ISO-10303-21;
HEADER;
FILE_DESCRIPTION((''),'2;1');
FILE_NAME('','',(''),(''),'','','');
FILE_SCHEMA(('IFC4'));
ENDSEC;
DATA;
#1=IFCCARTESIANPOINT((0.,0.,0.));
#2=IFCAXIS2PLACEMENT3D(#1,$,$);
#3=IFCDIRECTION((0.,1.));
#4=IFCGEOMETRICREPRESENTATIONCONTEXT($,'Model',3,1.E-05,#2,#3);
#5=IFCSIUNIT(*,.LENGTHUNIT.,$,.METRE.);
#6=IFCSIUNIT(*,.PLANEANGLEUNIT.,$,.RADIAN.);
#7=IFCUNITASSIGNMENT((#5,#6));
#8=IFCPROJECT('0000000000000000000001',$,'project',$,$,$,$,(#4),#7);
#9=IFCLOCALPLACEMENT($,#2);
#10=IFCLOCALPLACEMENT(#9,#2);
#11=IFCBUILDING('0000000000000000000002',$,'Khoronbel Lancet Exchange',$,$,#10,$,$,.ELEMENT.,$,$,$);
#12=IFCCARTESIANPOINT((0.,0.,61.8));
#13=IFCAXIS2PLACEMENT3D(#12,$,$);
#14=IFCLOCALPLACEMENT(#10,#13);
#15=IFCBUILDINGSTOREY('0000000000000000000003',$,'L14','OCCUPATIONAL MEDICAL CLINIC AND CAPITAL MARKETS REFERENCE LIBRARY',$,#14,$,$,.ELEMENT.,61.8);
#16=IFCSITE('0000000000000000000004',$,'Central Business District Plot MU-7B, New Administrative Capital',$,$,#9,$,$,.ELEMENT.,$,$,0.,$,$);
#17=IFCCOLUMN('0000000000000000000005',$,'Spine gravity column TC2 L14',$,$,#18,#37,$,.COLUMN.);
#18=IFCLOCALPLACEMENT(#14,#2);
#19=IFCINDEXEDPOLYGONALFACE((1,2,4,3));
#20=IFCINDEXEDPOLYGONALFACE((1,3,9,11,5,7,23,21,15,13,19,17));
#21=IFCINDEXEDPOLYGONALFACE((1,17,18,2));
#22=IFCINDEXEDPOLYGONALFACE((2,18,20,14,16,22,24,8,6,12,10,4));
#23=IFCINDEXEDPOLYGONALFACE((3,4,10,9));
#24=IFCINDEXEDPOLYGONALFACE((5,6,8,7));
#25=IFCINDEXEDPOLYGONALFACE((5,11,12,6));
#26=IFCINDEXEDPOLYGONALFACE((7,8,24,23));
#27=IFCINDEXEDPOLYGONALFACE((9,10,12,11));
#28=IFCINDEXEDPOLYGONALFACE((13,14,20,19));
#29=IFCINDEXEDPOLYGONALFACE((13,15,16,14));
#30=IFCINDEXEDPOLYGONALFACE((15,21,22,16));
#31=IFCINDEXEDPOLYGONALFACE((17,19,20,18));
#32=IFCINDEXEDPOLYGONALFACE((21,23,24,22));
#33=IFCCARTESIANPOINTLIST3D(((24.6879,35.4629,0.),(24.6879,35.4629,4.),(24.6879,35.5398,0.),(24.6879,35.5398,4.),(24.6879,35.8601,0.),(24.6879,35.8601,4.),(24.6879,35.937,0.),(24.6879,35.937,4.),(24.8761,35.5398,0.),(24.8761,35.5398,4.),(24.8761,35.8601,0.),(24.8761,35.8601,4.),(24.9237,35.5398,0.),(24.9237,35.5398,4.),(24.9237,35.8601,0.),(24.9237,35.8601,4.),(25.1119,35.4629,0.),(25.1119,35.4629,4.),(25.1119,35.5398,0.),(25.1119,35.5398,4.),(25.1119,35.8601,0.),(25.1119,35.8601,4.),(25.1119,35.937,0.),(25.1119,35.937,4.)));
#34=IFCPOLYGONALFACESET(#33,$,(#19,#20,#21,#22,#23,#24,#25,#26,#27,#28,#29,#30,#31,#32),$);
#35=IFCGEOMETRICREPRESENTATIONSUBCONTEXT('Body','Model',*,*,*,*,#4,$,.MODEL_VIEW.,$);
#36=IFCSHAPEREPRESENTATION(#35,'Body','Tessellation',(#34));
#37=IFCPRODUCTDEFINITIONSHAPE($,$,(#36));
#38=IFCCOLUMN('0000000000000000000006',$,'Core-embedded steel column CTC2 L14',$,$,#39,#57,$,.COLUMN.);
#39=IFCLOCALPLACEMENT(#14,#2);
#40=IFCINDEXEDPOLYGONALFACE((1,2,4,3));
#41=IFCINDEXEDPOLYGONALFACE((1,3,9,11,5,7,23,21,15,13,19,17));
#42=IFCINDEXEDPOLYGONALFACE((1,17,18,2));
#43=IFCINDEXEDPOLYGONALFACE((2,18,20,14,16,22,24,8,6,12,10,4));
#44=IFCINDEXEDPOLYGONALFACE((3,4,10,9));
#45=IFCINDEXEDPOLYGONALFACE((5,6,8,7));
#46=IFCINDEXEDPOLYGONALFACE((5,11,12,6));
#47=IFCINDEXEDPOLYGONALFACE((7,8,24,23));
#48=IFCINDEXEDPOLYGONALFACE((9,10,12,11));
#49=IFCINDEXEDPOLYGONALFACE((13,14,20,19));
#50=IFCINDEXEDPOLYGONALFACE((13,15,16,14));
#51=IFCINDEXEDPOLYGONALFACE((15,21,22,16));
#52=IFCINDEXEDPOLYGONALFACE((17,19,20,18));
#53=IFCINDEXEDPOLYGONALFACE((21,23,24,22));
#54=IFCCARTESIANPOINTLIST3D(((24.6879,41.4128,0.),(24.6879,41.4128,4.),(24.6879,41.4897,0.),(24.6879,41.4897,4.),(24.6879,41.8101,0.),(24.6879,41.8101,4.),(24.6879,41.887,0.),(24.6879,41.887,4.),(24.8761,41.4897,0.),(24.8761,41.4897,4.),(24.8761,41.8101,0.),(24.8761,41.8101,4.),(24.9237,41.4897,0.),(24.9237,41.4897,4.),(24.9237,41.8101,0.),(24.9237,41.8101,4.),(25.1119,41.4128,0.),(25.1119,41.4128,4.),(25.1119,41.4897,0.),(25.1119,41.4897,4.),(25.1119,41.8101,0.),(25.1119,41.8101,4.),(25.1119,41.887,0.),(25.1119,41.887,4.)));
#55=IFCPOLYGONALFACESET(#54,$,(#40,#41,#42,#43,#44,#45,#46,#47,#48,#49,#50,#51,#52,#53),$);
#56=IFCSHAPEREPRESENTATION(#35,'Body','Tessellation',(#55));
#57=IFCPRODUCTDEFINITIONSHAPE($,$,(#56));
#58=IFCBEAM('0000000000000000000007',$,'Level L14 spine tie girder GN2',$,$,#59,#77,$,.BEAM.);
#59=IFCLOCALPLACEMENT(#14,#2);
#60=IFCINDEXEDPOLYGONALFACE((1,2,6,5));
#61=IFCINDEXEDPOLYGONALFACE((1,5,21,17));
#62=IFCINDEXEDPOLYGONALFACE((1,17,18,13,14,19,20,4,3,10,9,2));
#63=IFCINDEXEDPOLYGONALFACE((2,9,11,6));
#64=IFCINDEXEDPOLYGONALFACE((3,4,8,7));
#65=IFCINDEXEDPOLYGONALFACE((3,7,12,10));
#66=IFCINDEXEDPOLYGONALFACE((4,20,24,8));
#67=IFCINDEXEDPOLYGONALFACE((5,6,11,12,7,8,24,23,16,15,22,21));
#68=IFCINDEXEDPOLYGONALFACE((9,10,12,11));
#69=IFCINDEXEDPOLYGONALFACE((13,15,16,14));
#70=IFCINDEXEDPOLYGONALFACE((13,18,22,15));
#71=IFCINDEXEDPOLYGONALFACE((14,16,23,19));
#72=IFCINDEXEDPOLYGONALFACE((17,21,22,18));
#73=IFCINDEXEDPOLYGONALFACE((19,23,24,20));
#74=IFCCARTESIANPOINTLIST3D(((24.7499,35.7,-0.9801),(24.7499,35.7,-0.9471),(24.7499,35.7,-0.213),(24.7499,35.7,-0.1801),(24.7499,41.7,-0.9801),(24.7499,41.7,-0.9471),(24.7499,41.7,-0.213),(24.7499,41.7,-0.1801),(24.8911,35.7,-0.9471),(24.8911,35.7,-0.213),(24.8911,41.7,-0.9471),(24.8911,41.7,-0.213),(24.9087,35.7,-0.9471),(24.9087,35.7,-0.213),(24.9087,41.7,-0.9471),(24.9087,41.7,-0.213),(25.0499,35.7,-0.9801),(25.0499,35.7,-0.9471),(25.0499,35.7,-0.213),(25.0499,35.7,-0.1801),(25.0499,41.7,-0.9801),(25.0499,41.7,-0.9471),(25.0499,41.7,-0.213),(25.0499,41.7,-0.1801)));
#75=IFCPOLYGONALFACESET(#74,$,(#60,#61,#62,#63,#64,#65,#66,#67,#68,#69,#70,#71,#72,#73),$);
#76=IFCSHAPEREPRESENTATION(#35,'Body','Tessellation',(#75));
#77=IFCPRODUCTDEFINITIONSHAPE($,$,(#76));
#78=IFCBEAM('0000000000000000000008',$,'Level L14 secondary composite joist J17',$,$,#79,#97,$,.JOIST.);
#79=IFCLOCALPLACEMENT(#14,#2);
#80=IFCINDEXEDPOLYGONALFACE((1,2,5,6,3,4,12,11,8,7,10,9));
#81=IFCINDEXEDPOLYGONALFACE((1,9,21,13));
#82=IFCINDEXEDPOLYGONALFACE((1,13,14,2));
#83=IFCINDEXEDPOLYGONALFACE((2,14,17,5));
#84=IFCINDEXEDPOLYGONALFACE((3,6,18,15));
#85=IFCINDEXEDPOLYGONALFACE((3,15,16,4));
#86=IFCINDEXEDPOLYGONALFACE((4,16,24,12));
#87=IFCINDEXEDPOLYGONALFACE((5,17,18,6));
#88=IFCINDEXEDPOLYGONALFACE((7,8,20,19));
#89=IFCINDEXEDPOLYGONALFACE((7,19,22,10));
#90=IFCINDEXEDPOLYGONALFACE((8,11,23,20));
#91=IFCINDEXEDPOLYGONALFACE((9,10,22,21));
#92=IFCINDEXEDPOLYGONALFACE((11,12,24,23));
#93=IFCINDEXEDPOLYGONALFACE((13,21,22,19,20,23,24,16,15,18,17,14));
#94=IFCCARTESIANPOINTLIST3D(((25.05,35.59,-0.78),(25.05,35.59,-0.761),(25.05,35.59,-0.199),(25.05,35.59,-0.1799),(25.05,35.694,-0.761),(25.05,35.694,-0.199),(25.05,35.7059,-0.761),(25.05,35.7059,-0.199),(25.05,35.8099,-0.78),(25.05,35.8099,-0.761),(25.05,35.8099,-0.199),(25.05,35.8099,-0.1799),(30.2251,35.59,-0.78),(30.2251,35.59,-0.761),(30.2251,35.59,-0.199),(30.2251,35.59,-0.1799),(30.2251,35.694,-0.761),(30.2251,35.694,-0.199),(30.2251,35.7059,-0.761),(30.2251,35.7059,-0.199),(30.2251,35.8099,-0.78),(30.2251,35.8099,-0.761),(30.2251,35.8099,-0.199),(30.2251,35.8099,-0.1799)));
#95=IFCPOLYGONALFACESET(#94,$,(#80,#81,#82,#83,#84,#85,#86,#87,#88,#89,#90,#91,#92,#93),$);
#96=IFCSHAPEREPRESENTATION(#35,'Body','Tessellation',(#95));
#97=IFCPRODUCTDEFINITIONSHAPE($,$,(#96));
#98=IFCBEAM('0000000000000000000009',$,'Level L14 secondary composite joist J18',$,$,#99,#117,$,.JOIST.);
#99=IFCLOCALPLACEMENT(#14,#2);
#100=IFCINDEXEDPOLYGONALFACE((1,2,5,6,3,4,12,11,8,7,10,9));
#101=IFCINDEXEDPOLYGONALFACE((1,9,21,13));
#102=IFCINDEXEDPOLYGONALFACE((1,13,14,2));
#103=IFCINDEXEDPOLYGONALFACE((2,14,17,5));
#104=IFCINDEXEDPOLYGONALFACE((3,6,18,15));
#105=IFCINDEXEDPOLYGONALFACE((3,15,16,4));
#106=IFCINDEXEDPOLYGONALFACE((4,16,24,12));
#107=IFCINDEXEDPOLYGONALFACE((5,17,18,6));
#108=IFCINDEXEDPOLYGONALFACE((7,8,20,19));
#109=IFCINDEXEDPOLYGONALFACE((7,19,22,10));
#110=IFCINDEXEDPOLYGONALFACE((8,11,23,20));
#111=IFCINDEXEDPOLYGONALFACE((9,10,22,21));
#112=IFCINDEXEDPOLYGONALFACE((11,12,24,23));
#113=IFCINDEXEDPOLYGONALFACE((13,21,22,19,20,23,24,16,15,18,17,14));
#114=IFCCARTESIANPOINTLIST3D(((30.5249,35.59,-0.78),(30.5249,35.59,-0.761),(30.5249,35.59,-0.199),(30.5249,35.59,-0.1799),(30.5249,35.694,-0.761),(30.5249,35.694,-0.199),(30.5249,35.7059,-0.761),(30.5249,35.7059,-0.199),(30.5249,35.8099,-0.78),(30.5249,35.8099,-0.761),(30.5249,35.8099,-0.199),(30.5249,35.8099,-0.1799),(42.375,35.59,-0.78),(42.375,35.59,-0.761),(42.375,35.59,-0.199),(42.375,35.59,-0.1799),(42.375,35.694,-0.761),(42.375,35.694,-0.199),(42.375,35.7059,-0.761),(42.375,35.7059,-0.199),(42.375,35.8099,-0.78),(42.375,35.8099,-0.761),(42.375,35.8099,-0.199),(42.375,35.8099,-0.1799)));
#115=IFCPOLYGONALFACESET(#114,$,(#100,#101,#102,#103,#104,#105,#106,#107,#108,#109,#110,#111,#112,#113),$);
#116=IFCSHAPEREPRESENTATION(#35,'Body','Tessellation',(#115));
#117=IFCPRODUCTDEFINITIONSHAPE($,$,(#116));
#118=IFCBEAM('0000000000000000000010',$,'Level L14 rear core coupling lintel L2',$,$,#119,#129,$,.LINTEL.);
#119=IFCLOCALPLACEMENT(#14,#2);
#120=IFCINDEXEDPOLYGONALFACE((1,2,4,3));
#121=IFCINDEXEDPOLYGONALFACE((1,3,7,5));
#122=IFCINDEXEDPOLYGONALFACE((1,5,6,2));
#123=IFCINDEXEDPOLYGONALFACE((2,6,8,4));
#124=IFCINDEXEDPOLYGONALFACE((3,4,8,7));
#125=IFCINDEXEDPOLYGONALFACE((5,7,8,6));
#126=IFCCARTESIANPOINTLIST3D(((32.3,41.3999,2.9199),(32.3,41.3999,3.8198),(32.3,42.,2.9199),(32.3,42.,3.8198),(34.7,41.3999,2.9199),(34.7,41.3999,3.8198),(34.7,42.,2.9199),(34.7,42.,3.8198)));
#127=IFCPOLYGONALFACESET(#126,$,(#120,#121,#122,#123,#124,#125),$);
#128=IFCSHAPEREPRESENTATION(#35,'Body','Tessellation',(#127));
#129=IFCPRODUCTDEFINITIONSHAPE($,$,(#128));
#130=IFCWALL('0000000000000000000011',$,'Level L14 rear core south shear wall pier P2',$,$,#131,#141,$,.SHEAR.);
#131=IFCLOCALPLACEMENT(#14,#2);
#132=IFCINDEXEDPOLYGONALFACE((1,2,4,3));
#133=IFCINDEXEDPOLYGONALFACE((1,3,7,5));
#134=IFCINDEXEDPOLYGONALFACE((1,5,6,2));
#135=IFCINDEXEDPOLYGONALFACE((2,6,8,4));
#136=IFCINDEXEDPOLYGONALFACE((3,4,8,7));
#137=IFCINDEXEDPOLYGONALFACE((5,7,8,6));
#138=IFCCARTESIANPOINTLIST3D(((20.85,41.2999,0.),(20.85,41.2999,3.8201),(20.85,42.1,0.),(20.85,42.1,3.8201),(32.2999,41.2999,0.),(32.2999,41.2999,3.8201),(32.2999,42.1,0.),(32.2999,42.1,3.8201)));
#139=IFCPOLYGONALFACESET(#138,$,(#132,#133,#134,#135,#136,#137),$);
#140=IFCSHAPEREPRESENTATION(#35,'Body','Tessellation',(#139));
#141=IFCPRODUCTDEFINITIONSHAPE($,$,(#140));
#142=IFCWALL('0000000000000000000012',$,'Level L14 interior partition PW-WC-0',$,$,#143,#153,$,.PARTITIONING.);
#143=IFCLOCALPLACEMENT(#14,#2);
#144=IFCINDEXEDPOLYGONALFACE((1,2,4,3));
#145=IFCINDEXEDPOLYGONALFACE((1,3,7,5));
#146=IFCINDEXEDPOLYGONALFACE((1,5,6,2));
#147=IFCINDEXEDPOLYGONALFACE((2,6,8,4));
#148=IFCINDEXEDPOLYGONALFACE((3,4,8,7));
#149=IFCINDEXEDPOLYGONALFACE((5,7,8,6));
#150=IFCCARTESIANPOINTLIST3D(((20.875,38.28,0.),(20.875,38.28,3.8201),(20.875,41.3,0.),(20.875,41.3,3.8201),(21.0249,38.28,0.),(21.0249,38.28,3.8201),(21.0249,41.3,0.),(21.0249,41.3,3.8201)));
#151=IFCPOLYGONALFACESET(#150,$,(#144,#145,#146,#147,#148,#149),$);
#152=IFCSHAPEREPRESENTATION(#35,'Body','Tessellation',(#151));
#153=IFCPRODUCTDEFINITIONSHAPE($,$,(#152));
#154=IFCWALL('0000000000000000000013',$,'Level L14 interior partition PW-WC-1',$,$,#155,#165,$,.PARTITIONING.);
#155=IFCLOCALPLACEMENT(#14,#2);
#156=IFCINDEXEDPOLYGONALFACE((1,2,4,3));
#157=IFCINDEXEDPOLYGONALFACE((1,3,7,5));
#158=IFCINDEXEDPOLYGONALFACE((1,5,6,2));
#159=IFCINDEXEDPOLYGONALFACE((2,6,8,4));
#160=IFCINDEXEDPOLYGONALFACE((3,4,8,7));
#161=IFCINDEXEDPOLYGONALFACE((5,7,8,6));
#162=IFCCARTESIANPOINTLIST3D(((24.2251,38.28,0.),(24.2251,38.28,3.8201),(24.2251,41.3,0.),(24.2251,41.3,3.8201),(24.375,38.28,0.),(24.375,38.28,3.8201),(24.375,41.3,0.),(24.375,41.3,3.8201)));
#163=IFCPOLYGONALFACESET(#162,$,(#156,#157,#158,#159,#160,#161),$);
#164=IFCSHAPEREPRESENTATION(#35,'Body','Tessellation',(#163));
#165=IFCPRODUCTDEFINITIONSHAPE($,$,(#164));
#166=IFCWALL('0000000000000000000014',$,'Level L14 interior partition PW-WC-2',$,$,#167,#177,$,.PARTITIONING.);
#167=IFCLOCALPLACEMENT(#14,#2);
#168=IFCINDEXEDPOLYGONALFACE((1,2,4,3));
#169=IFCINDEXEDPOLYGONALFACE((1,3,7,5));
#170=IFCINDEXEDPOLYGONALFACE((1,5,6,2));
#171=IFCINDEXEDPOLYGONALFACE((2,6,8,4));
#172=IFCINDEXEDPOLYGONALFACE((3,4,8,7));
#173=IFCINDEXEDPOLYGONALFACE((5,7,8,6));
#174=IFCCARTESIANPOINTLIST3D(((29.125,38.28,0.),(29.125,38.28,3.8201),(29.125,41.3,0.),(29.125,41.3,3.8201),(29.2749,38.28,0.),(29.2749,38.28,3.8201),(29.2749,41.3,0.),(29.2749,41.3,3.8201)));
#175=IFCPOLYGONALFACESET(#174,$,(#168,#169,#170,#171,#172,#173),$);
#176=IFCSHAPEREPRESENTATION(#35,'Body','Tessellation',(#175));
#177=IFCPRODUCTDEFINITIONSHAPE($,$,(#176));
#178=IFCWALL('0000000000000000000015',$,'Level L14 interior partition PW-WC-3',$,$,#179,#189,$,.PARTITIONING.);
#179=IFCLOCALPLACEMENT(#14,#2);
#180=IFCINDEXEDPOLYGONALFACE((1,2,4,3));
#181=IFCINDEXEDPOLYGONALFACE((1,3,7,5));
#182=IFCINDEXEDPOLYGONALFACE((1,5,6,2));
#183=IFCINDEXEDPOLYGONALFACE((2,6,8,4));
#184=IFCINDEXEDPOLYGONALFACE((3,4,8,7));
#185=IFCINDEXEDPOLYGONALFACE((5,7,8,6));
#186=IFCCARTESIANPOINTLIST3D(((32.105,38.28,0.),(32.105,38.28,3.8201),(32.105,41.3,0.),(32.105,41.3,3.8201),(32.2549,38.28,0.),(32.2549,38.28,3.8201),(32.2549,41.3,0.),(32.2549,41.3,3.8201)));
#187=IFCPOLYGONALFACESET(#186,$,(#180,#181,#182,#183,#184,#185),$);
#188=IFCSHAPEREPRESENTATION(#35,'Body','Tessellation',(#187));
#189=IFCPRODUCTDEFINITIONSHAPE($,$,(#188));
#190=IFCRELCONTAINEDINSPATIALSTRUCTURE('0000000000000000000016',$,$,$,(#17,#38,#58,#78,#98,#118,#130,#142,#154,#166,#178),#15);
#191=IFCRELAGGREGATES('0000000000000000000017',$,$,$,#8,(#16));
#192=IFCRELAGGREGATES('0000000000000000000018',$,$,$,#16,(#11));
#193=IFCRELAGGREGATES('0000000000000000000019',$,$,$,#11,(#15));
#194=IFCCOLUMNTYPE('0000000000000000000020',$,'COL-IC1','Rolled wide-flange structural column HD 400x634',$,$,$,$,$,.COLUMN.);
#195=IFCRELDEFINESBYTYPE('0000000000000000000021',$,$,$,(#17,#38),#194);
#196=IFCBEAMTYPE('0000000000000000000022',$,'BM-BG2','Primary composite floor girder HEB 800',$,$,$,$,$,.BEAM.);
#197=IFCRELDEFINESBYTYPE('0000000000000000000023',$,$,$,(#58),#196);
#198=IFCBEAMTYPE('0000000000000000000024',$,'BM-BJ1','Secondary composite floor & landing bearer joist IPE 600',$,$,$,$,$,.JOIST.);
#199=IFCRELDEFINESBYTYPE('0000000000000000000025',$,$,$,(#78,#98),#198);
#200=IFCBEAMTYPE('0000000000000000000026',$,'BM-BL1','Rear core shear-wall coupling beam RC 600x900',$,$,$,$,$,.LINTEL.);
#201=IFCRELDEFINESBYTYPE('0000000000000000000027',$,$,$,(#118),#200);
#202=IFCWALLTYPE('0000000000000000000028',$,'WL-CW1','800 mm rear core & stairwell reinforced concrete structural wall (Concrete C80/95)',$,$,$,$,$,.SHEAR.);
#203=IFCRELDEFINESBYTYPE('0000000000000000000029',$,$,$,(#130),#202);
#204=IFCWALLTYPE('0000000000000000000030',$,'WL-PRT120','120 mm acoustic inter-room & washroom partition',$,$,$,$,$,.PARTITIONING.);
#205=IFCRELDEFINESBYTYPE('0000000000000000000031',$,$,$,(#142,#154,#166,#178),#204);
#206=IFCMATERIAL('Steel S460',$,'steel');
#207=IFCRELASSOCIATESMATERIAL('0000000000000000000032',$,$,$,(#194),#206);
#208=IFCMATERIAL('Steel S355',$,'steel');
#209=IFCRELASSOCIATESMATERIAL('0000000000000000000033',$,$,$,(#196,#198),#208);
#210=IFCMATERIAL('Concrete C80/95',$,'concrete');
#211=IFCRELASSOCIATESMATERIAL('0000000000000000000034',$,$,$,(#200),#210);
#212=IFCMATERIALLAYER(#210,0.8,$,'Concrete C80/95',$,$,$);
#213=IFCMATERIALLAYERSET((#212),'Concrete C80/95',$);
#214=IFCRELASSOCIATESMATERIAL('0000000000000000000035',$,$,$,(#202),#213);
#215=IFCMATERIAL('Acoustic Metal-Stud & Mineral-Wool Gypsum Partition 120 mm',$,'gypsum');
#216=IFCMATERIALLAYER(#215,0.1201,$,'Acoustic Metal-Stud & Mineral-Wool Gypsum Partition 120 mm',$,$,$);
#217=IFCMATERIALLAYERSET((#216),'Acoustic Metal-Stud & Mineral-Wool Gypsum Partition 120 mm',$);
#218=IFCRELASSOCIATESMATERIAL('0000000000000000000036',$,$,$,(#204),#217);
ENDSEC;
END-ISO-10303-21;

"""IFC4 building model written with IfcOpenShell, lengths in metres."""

from ifc_helpers import new_model, si_unit, direction, frame, frame_2d, origin, origin_2d, place, context, subcontext, project, spatial, rectangle, i_section, extrude, material, layer, layer_set, material_profile, profile_set, type_object, element, save


model = new_model("IFC4")

# Units and contexts
model_context = context("Model", 3, precision=1e-05, world=origin(), true_north=direction((0.0, 1.0)))
body_context = subcontext(model_context, "Body", "Model", "MODEL_VIEW")
ifc_project = project(units=[si_unit("LENGTHUNIT", "METRE"), si_unit("PLANEANGLEUNIT", "RADIAN")], contexts=[model_context])

# Site, building, storey
site_placement = place(None, origin())
site = spatial("IfcSite", under=ifc_project, at=site_placement, Name="Central Business District Plot MU-7B, New Administrative Capital", CompositionType="ELEMENT", RefElevation=0.0)
building_placement = place(site_placement, origin())
building = spatial("IfcBuilding", under=site, at=building_placement, Name="Khoronbel Lancet Exchange", CompositionType="ELEMENT")
storey_placement = place(building_placement, frame((0.0, 0.0, 61.8)))
storey = spatial("IfcBuildingStorey", under=building, at=storey_placement, Name="L14", Description="OCCUPATIONAL MEDICAL CLINIC AND CAPITAL MARKETS REFERENCE LIBRARY", CompositionType="ELEMENT", Elevation=61.8)

# Columns
ifc_material_1 = material(Name="Steel S460", Category="steel")
ifc_material_profile_1 = material_profile(ifc_material_1, i_section(OverallWidth=0.4241, OverallDepth=0.4741, WebThickness=0.0476, FlangeThickness=0.0769, at=origin_2d()), Name="HD 400x634")
ifc_profile_set_1 = profile_set([ifc_material_profile_1], Name="Steel S460")
column_type = type_object("IfcColumnType", Name="COL-IC1", Description="Rolled wide-flange structural column HD 400x634", PredefinedType="COLUMN", material=ifc_profile_set_1)
for number, where, z_axis, x_axis, name in (
    (1, (24.8999, 35.7, 0.0), (0.0, 0.0, 1.0), (1.0, 0.0, 0.0), "Spine gravity column TC2 L14"),
    (2, (24.8999, 41.6499, 0.0), (0.0, 0.0, 1.0), (1.0, 0.0, 0.0), "Core-embedded steel column CTC2 L14"),
):
    element("IfcColumn", number, at=place(storey_placement, frame(where, z_axis=z_axis, x_axis=x_axis)), inside=storey, type_object=column_type, Name=name, PredefinedType="COLUMN", context=body_context, shape_type="SweptSolid", body=[
        extrude(i_section(OverallWidth=0.4241, OverallDepth=0.4741, WebThickness=0.0476, FlangeThickness=0.0769, at=origin_2d()), origin(), (0.0, 0.0, 1.0), 4.0),
    ])

# Beams
ifc_material_2 = material(Name="Steel S355", Category="steel")
ifc_material_profile_2 = material_profile(ifc_material_2, i_section(OverallWidth=0.3, OverallDepth=0.8, WebThickness=0.0176, FlangeThickness=0.033, at=origin_2d()), Name="HEB 800")
ifc_profile_set_2 = profile_set([ifc_material_profile_2], Name="Steel S355")
beam_type_1 = type_object("IfcBeamType", Name="BM-BG2", Description="Primary composite floor girder HEB 800", PredefinedType="BEAM", material=ifc_profile_set_2)
beam_1_placement = place(storey_placement, frame((24.8999, 35.7, -0.5801), z_axis=(0.0, 1.0, 0.0), x_axis=(-1.0, 0.0, 0.0)))
element("IfcBeam", 3, at=beam_1_placement, inside=storey, type_object=beam_type_1, Name="Level L14 spine tie girder GN2", PredefinedType="BEAM", context=body_context, shape_type="SweptSolid", body=[
    extrude(i_section(OverallWidth=0.3, OverallDepth=0.8, WebThickness=0.0176, FlangeThickness=0.033, at=origin_2d()), origin(), (0.0, 0.0, 1.0), 6.0),
])
ifc_material_profile_3 = material_profile(ifc_material_2, i_section(OverallWidth=0.22, OverallDepth=0.6001, WebThickness=0.012, FlangeThickness=0.019, at=origin_2d()), Name="IPE 600")
ifc_profile_set_3 = profile_set([ifc_material_profile_3], Name="Steel S355")
beam_type_2 = type_object("IfcBeamType", Name="BM-BJ1", Description="Secondary composite floor & landing bearer joist IPE 600", PredefinedType="JOIST", material=ifc_profile_set_3)
beam_2_placement = place(storey_placement, frame((25.05, 35.7, -0.48), z_axis=(1.0, 0.0, 0.0), x_axis=(0.0, 1.0, 0.0)))
element("IfcBeam", 4, at=beam_2_placement, inside=storey, type_object=beam_type_2, Name="Level L14 secondary composite joist J17", PredefinedType="JOIST", context=body_context, shape_type="SweptSolid", body=[
    extrude(i_section(OverallWidth=0.22, OverallDepth=0.6001, WebThickness=0.012, FlangeThickness=0.019, at=origin_2d()), origin(), (0.0, 0.0, 1.0), 5.175),
])
beam_3_placement = place(storey_placement, frame((30.5249, 35.7, -0.48), z_axis=(1.0, 0.0, 0.0), x_axis=(0.0, 1.0, 0.0)))
element("IfcBeam", 5, at=beam_3_placement, inside=storey, type_object=beam_type_2, Name="Level L14 secondary composite joist J18", PredefinedType="JOIST", context=body_context, shape_type="SweptSolid", body=[
    extrude(i_section(OverallWidth=0.22, OverallDepth=0.6001, WebThickness=0.012, FlangeThickness=0.019, at=origin_2d()), origin(), (0.0, 0.0, 1.0), 11.8501),
])
ifc_material_3 = material(Name="Concrete C80/95", Category="concrete")
ifc_material_profile_4 = material_profile(ifc_material_3, rectangle(XDim=0.6001, YDim=0.8999, at=origin_2d()), Name="RC 600x900")
ifc_profile_set_4 = profile_set([ifc_material_profile_4], Name="Concrete C80/95")
beam_type_3 = type_object("IfcBeamType", Name="BM-BL1", Description="Rear core shear-wall coupling beam RC 600x900", PredefinedType="LINTEL", material=ifc_profile_set_4)
beam_4_placement = place(storey_placement, frame((32.3, 41.7, 3.3699), z_axis=(1.0, 0.0, 0.0), x_axis=(0.0, 1.0, 0.0)))
element("IfcBeam", 6, at=beam_4_placement, inside=storey, type_object=beam_type_3, Name="Level L14 rear core coupling lintel L2", PredefinedType="LINTEL", context=body_context, shape_type="SweptSolid", body=[
    extrude(rectangle(XDim=0.6001, YDim=0.8999, at=origin_2d()), origin(), (0.0, 0.0, 1.0), 2.3999),
])

# Walls
ifc_layer_1 = layer(ifc_material_3, 0.8, Name="Concrete C80/95")
ifc_layer_set_1 = layer_set([ifc_layer_1], Name="Concrete C80/95")
wall_type_1 = type_object("IfcWallType", Name="WL-CW1", Description="800 mm rear core & stairwell reinforced concrete structural wall (Concrete C80/95)", PredefinedType="SHEAR", material=ifc_layer_set_1)
wall_1_placement = place(storey_placement, frame((32.3, 41.7, 0.0), z_axis=(0.0, 0.0, 1.0), x_axis=(-1.0, 0.0, 0.0)))
element("IfcWall", 7, at=wall_1_placement, inside=storey, type_object=wall_type_1, Name="Level L14 rear core south shear wall pier P2", PredefinedType="SHEAR", context=body_context, shape_type="SweptSolid", body=[
    extrude(rectangle(XDim=11.45, YDim=0.8, at=frame_2d((5.7251, 0.0))), origin(), (0.0, 0.0, 1.0), 3.8201),
])
ifc_material_4 = material(Name="Acoustic Metal-Stud & Mineral-Wool Gypsum Partition 120 mm", Category="gypsum")
ifc_layer_2 = layer(ifc_material_4, 0.1201, Name="Acoustic Metal-Stud & Mineral-Wool Gypsum Partition 120 mm")
ifc_layer_set_2 = layer_set([ifc_layer_2], Name="Acoustic Metal-Stud & Mineral-Wool Gypsum Partition 120 mm")
wall_type_2 = type_object("IfcWallType", Name="WL-PRT120", Description="120 mm acoustic inter-room & washroom partition", PredefinedType="PARTITIONING", material=ifc_layer_set_2)
for number, where, z_axis, x_axis, name in (
    (8, (20.95, 38.28, 0.0), (0.0, 0.0, 1.0), (0.0, 1.0, 0.0), "Level L14 interior partition PW-WC-0"),
    (9, (24.3, 38.28, 0.0), (0.0, 0.0, 1.0), (0.0, 1.0, 0.0), "Level L14 interior partition PW-WC-1"),
    (10, (29.2, 38.28, 0.0), (0.0, 0.0, 1.0), (0.0, 1.0, 0.0), "Level L14 interior partition PW-WC-2"),
    (11, (32.1799, 38.28, 0.0), (0.0, 0.0, 1.0), (0.0, 1.0, 0.0), "Level L14 interior partition PW-WC-3"),
):
    element("IfcWall", number, at=place(storey_placement, frame(where, z_axis=z_axis, x_axis=x_axis)), inside=storey, type_object=wall_type_2, Name=name, PredefinedType="PARTITIONING", context=body_context, shape_type="SweptSolid", body=[
        extrude(rectangle(XDim=3.02, YDim=0.1499, at=frame_2d((1.51, 0.0))), origin(), (0.0, 0.0, 1.0), 3.8201),
    ])

save(model, "model.ifc")
